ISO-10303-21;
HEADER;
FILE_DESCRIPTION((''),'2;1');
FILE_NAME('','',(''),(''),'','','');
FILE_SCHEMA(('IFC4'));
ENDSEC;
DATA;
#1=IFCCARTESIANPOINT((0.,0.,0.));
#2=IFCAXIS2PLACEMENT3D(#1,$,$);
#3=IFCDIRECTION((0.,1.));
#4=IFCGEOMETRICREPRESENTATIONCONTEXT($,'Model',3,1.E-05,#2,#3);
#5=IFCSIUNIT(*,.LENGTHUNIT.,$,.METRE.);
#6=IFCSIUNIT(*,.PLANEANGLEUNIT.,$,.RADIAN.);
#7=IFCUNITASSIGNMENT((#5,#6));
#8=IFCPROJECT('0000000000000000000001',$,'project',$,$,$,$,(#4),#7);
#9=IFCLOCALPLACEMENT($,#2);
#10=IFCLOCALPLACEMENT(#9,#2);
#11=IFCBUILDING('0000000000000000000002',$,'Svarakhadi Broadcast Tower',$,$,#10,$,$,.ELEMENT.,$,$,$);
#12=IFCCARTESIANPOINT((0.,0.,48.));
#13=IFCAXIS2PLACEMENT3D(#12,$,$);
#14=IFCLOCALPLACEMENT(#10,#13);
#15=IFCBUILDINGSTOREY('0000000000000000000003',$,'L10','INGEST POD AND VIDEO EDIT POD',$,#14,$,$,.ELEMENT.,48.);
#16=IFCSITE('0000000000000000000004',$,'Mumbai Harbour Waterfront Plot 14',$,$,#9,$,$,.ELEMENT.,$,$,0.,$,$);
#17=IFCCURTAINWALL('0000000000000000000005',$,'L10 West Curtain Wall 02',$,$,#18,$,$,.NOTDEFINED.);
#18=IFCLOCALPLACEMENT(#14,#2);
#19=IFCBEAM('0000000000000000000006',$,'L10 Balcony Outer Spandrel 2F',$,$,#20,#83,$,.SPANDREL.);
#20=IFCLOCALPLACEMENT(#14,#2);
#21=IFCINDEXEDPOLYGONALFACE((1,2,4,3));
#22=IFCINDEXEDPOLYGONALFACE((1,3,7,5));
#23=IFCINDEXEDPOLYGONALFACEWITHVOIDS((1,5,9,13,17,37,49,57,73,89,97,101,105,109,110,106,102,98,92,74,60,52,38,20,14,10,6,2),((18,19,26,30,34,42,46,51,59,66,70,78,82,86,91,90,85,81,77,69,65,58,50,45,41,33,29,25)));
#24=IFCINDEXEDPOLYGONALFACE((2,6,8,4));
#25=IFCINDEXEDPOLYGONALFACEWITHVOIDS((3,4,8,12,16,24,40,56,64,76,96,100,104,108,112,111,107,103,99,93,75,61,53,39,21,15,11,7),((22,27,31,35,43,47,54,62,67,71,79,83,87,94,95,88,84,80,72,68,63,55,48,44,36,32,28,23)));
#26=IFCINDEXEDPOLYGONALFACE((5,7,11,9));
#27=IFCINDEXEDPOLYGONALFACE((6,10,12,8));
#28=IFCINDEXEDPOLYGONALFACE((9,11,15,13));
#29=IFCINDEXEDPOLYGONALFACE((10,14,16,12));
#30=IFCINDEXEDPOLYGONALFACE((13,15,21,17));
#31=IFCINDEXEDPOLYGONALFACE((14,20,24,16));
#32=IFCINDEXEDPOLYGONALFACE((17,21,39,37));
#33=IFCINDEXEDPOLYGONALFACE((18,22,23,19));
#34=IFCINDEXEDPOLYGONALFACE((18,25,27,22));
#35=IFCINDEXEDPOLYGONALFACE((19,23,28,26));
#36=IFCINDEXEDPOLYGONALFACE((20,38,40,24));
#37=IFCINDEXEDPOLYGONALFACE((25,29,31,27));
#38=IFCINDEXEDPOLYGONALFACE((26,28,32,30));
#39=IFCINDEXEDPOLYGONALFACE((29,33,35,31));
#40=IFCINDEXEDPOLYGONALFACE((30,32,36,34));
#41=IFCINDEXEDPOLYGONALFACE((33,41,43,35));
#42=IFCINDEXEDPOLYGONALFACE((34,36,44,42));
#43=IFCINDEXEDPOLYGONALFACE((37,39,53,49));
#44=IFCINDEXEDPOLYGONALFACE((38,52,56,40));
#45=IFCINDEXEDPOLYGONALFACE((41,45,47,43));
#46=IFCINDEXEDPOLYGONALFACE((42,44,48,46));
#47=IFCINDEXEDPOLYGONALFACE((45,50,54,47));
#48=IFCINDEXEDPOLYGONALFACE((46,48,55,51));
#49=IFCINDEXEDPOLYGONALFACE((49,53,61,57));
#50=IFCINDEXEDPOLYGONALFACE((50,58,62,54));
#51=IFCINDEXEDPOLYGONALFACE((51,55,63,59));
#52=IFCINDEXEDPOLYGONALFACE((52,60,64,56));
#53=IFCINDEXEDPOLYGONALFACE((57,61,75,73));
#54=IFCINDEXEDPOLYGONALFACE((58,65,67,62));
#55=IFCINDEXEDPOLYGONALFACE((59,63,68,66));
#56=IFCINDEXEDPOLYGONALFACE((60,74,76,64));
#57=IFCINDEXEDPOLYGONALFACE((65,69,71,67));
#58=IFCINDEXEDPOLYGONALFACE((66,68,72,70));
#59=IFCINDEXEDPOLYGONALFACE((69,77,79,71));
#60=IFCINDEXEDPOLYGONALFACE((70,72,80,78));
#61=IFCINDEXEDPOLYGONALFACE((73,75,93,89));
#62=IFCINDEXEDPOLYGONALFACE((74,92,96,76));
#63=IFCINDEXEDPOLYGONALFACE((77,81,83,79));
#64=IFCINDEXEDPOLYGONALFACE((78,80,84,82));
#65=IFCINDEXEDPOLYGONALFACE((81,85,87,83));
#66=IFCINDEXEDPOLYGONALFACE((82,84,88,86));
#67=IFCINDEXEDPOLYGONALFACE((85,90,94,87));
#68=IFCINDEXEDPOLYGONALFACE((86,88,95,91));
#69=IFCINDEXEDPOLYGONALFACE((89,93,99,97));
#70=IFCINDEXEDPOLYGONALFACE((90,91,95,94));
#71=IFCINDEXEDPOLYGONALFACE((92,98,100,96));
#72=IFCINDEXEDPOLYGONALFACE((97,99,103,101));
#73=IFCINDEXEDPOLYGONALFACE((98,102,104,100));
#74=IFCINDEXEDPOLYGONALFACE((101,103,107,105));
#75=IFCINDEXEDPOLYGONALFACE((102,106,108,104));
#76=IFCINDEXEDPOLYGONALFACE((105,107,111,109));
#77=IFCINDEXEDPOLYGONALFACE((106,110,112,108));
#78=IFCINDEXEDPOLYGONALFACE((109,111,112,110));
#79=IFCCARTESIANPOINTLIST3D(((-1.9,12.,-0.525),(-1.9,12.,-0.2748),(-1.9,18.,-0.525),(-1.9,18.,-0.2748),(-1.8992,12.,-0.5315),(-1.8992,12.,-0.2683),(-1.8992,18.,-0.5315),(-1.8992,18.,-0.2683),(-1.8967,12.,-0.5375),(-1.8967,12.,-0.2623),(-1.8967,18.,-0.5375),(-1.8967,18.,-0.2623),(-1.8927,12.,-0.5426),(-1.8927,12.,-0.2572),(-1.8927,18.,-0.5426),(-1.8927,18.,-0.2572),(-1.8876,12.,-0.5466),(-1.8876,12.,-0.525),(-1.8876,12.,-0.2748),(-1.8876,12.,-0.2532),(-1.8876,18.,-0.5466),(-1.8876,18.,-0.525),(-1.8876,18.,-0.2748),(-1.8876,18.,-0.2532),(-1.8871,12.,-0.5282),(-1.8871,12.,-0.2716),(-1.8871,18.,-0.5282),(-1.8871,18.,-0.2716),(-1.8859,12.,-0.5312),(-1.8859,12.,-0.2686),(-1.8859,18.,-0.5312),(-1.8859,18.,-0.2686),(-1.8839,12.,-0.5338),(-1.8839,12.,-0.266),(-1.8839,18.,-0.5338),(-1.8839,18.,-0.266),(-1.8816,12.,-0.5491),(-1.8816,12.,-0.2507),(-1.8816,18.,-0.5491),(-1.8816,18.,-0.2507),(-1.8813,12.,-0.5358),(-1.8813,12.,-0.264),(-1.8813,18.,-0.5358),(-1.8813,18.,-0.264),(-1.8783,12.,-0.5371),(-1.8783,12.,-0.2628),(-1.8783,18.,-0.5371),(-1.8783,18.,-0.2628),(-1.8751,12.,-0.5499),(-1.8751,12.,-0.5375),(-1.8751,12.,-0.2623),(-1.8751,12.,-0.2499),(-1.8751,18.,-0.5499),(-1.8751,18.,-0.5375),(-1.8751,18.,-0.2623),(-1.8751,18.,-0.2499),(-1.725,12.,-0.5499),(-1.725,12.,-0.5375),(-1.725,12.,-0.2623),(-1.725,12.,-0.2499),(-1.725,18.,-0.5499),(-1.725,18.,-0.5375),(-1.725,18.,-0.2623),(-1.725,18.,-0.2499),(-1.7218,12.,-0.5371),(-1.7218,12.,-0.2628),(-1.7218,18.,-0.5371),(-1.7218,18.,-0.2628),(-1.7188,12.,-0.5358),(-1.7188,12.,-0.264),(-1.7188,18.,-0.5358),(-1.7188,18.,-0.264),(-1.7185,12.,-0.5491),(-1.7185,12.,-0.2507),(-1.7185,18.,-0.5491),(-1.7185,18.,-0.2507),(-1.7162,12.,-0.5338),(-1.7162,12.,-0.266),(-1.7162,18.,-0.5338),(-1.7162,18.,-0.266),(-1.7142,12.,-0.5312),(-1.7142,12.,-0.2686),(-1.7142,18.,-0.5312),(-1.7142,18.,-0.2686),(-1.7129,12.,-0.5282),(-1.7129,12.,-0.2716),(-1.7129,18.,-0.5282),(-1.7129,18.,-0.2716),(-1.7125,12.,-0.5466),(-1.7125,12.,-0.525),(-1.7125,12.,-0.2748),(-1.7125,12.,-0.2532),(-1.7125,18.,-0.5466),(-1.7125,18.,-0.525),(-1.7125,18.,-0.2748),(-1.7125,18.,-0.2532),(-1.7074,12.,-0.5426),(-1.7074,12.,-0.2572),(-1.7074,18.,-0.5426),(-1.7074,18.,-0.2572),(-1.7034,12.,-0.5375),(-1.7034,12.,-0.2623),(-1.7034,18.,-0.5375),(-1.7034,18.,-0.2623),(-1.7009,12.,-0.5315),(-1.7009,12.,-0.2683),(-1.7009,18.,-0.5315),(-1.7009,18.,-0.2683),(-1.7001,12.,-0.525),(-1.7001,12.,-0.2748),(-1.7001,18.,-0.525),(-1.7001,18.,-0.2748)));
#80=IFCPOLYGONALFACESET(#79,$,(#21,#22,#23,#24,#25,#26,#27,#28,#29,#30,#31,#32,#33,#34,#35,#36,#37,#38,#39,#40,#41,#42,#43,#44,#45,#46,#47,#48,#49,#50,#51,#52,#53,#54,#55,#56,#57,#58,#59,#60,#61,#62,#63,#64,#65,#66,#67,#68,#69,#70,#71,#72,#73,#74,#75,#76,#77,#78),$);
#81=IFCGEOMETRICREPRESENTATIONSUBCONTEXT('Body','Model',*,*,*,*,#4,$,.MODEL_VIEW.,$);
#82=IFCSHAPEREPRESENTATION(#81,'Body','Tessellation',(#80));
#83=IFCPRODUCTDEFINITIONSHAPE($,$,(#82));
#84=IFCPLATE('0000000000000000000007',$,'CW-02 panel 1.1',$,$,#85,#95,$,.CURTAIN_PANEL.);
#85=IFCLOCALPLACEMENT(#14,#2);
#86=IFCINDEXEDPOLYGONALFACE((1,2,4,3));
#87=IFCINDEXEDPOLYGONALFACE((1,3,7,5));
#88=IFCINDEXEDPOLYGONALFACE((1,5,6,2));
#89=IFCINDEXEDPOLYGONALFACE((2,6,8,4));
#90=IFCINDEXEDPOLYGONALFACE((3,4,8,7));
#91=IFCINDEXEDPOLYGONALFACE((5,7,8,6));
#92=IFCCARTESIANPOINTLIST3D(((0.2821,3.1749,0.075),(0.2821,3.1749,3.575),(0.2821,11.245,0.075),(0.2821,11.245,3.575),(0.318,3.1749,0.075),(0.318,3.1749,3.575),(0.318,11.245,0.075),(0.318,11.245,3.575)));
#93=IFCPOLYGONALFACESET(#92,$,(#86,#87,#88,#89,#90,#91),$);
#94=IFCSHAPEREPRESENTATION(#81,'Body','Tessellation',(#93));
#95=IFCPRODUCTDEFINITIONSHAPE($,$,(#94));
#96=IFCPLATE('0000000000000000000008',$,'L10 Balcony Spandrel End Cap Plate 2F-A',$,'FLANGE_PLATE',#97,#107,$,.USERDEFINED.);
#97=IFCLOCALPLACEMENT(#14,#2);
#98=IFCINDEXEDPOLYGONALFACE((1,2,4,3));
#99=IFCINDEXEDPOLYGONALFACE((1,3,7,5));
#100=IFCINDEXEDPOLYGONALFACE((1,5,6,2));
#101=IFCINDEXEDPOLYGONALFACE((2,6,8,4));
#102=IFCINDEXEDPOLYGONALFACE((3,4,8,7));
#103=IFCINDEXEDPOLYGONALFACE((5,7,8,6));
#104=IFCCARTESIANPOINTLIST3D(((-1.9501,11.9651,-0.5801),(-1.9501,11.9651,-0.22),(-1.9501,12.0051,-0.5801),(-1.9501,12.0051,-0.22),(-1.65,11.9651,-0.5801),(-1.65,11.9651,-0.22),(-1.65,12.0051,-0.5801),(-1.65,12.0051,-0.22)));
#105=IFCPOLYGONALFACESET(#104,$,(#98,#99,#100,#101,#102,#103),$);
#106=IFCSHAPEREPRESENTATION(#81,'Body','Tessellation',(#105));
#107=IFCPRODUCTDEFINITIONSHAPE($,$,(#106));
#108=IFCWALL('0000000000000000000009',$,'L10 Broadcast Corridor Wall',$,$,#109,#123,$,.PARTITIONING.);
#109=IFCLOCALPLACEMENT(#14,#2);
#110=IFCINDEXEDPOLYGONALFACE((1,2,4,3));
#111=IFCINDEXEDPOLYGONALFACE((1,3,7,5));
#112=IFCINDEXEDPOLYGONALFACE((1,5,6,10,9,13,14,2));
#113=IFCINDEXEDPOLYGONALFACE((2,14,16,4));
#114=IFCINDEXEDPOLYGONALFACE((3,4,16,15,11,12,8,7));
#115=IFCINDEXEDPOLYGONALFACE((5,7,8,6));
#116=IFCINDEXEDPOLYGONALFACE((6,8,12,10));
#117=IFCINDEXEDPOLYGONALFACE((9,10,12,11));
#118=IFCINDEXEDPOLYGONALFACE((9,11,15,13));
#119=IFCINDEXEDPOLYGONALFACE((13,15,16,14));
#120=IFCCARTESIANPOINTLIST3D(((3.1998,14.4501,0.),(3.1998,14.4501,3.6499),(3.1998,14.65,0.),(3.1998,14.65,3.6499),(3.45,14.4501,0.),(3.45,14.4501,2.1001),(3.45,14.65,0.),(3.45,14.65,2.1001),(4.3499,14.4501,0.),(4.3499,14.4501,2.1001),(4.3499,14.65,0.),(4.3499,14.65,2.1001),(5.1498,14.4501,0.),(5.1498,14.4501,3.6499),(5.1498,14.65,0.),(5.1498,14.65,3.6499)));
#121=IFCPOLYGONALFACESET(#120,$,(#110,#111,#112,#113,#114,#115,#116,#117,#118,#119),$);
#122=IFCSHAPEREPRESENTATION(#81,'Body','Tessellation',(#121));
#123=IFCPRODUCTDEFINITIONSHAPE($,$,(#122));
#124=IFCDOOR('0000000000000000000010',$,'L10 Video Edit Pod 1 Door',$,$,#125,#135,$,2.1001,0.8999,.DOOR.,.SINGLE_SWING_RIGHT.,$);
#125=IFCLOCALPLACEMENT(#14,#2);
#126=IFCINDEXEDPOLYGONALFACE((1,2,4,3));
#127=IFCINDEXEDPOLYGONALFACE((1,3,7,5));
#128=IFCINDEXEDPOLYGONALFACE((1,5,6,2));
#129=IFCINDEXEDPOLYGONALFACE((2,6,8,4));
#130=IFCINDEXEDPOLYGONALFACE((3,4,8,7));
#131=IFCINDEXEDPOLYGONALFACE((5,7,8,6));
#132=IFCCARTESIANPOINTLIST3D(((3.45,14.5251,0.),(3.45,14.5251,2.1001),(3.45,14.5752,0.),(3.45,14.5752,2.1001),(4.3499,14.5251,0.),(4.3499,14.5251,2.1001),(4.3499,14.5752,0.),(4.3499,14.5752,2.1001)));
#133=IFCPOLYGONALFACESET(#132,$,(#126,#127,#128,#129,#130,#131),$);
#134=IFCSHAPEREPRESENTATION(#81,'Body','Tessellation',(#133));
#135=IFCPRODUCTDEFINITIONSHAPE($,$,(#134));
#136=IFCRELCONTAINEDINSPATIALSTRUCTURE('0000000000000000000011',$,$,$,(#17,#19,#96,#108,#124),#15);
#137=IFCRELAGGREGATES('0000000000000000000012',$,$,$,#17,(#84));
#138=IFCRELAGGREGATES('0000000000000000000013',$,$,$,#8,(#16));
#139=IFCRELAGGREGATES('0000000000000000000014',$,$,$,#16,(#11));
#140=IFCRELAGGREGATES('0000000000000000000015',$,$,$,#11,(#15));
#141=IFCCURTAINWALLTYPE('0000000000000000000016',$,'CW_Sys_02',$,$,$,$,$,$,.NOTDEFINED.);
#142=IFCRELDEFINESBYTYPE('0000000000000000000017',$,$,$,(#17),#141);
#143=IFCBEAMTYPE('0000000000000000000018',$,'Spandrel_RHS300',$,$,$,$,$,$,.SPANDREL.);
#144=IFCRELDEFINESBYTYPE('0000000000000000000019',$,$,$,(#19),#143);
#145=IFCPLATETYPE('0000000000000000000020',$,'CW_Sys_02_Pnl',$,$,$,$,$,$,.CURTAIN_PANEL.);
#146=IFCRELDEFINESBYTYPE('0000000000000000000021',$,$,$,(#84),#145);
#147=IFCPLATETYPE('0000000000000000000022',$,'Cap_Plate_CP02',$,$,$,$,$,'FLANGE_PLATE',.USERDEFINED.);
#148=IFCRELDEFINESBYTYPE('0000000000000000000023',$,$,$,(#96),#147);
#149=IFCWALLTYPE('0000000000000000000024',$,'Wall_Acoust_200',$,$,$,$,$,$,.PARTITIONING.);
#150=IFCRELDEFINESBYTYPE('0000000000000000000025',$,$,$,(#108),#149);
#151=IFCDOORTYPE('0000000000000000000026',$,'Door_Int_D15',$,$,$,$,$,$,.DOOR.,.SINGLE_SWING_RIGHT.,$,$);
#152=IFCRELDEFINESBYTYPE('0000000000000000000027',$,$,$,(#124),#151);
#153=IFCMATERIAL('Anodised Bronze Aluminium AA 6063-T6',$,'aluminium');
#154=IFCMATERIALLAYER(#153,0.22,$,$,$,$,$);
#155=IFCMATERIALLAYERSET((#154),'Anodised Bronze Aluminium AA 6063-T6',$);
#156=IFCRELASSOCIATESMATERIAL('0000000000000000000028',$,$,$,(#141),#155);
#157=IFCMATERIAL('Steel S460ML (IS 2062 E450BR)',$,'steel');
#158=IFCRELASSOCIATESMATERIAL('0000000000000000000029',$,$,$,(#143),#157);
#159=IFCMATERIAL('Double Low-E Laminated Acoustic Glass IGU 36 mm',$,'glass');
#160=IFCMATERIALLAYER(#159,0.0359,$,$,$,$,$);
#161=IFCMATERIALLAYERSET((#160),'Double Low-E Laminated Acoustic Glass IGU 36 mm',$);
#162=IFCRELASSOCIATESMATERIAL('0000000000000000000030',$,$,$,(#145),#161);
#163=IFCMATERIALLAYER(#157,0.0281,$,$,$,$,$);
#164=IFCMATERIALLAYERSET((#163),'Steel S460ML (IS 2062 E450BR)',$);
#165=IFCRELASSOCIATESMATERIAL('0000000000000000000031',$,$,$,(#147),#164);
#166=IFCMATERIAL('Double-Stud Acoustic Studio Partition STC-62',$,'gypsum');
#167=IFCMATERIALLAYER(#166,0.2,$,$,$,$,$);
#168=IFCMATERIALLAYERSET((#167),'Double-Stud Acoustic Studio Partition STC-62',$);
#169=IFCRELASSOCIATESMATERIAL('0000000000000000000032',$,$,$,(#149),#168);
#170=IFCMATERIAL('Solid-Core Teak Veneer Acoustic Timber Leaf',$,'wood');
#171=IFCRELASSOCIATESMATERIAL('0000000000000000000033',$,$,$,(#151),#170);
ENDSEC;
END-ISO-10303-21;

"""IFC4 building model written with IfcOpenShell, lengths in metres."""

from ifc_helpers import new_model, si_unit, direction, frame, frame_2d, origin, origin_2d, place, context, subcontext, project, spatial, rectangle, hollow_rectangle, extrude, material, layer, layer_set, material_profile, profile_set, type_object, element, fill, aggregate, save


model = new_model("IFC4")

# Units and contexts
model_context = context("Model", 3, precision=1e-05, world=origin(), true_north=direction((0.0, 1.0)))
body_context = subcontext(model_context, "Body", "Model", "MODEL_VIEW")
ifc_project = project(units=[si_unit("LENGTHUNIT", "METRE"), si_unit("PLANEANGLEUNIT", "RADIAN")], contexts=[model_context])

# Site, building, storey
site_placement = place(None, origin())
site = spatial("IfcSite", under=ifc_project, at=site_placement, Name="Mumbai Harbour Waterfront Plot 14", CompositionType="ELEMENT", RefElevation=0.0)
building_placement = place(site_placement, origin())
building = spatial("IfcBuilding", under=site, at=building_placement, Name="Svarakhadi Broadcast Tower", CompositionType="ELEMENT")
storey_placement = place(building_placement, frame((0.0, 0.0, 48.0)))
storey = spatial("IfcBuildingStorey", under=building, at=storey_placement, Name="L10", Description="INGEST POD AND VIDEO EDIT POD", CompositionType="ELEMENT", Elevation=48.0)

# Shared definitions
ifc_material_1 = material(Name="Steel S460ML (IS 2062 E450BR)", Category="steel")

# Curtain wall
ifc_material_2 = material(Name="Anodised Bronze Aluminium AA 6063-T6", Category="aluminium")
ifc_layer_1 = layer(ifc_material_2, 0.22)
ifc_layer_set_1 = layer_set([ifc_layer_1], Name="Anodised Bronze Aluminium AA 6063-T6")
curtain_wall_type = type_object("IfcCurtainWallType", Name="CW_Sys_02", PredefinedType="NOTDEFINED", material=ifc_layer_set_1)
curtain_wall_placement = place(storey_placement, origin())
curtain_wall = element("IfcCurtainWall", 1, at=curtain_wall_placement, inside=storey, type_object=curtain_wall_type, Name="L10 West Curtain Wall 02", PredefinedType="NOTDEFINED")

# Beam
ifc_material_profile_1 = material_profile(ifc_material_1, hollow_rectangle(XDim=0.2, YDim=0.3, WallThickness=0.0125, InnerFilletRadius=0.0125, OuterFilletRadius=0.0249, at=origin_2d()), Name="RHS 300x200x12.5")
ifc_profile_set_1 = profile_set([ifc_material_profile_1], Name="Steel S460ML (IS 2062 E450BR)")
beam_type_1 = type_object("IfcBeamType", Name="Spandrel_RHS300", PredefinedType="SPANDREL", material=ifc_profile_set_1)
beam_1_placement = place(storey_placement, frame((-1.8, 12.0, -0.3999), z_axis=(0.0, 1.0, 0.0), x_axis=(-1.0, 0.0, 0.0)))
element("IfcBeam", 2, at=beam_1_placement, inside=storey, type_object=beam_type_1, Name="L10 Balcony Outer Spandrel 2F", PredefinedType="SPANDREL", context=body_context, shape_type="SweptSolid", body=[
    extrude(hollow_rectangle(XDim=0.2, YDim=0.3, WallThickness=0.0125, InnerFilletRadius=0.0125, OuterFilletRadius=0.0249, at=origin_2d()), origin(), (0.0, 0.0, 1.0), 6.0),
])

# Plates
ifc_material_3 = material(Name="Double Low-E Laminated Acoustic Glass IGU 36 mm", Category="glass")
ifc_layer_2 = layer(ifc_material_3, 0.0359)
ifc_layer_set_2 = layer_set([ifc_layer_2], Name="Double Low-E Laminated Acoustic Glass IGU 36 mm")
plate_type_1 = type_object("IfcPlateType", Name="CW_Sys_02_Pnl", PredefinedType="CURTAIN_PANEL", material=ifc_layer_set_2)
plate_1_placement = place(storey_placement, frame((0.3, 7.21, 0.075), z_axis=(0.0, 0.0, 1.0), x_axis=(0.0, 1.0, 0.0)))
plate_1 = element("IfcPlate", 3, at=plate_1_placement, type_object=plate_type_1, Name="CW-02 panel 1.1", PredefinedType="CURTAIN_PANEL", context=body_context, shape_type="SweptSolid", body=[
    extrude(rectangle(XDim=8.0701, YDim=0.0359, at=origin_2d()), origin(), (0.0, 0.0, 1.0), 3.5),
])
aggregate(curtain_wall, [plate_1])
ifc_layer_3 = layer(ifc_material_1, 0.0281)
ifc_layer_set_3 = layer_set([ifc_layer_3], Name="Steel S460ML (IS 2062 E450BR)")
plate_type_2 = type_object("IfcPlateType", Name="Cap_Plate_CP02", ElementType="FLANGE_PLATE", PredefinedType="USERDEFINED", material=ifc_layer_set_3)
plate_2_placement = place(storey_placement, frame((-1.8, 11.9851, -0.5801), z_axis=(0.0, 0.0, 1.0), x_axis=(1.0, 0.0, 0.0)))
element("IfcPlate", 4, at=plate_2_placement, inside=storey, type_object=plate_type_2, Name="L10 Balcony Spandrel End Cap Plate 2F-A", ObjectType="FLANGE_PLATE", PredefinedType="USERDEFINED", context=body_context, shape_type="SweptSolid", body=[
    extrude(rectangle(XDim=0.3, YDim=0.04, at=origin_2d()), origin(), (0.0, 0.0, 1.0), 0.3601),
])

# Wall, opening, door
ifc_material_4 = material(Name="Double-Stud Acoustic Studio Partition STC-62", Category="gypsum")
ifc_layer_4 = layer(ifc_material_4, 0.2)
ifc_layer_set_4 = layer_set([ifc_layer_4], Name="Double-Stud Acoustic Studio Partition STC-62")
wall_type_1 = type_object("IfcWallType", Name="Wall_Acoust_200", PredefinedType="PARTITIONING", material=ifc_layer_set_4)
wall_1_placement = place(storey_placement, frame((5.1499, 14.55, 0.0), z_axis=(0.0, 0.0, 1.0), x_axis=(-1.0, 0.0, 0.0)))
wall_1 = element("IfcWall", 5, at=wall_1_placement, inside=storey, type_object=wall_type_1, Name="L10 Broadcast Corridor Wall", PredefinedType="PARTITIONING", context=body_context, shape_type="SweptSolid", body=[
    extrude(rectangle(XDim=1.95, YDim=0.2, at=frame_2d((0.9751, 0.0))), origin(), (0.0, 0.0, 1.0), 3.6499),
])
opening_1_placement = place(wall_1_placement, frame((0.8, 0.0, 0.0)))
opening_1 = element("IfcOpeningElement", 6, at=opening_1_placement, cuts=wall_1, PredefinedType="OPENING", context=body_context, shape_type="SweptSolid", body=[
    extrude(rectangle(XDim=0.8999, YDim=2.1001, at=frame_2d((0.45, 1.05))), frame((0.0, 0.1099, 0.0), z_axis=(0.0, -1.0, 0.0), x_axis=(1.0, 0.0, 0.0)), (0.0, 0.0, 1.0), 0.22),
])
ifc_material_5 = material(Name="Solid-Core Teak Veneer Acoustic Timber Leaf", Category="wood")
door_type_1 = type_object("IfcDoorType", Name="Door_Int_D15", OperationType="SINGLE_SWING_RIGHT", PredefinedType="DOOR", material=ifc_material_5)
door_1_placement = place(opening_1_placement, origin())
door_1 = element("IfcDoor", 7, at=door_1_placement, inside=storey, type_object=door_type_1, Name="L10 Video Edit Pod 1 Door", OperationType="SINGLE_SWING_RIGHT", OverallHeight=2.1001, OverallWidth=0.8999, PredefinedType="DOOR", context=body_context, shape_type="SweptSolid", body=[
    extrude(rectangle(XDim=0.8999, YDim=2.1001, at=frame_2d((0.45, 1.05))), frame((0.0, 0.0249, 0.0), z_axis=(0.0, -1.0, 0.0), x_axis=(1.0, 0.0, 0.0)), (0.0, 0.0, 1.0), 0.05),
])
fill(opening_1, door_1)

save(model, "model.ifc")
